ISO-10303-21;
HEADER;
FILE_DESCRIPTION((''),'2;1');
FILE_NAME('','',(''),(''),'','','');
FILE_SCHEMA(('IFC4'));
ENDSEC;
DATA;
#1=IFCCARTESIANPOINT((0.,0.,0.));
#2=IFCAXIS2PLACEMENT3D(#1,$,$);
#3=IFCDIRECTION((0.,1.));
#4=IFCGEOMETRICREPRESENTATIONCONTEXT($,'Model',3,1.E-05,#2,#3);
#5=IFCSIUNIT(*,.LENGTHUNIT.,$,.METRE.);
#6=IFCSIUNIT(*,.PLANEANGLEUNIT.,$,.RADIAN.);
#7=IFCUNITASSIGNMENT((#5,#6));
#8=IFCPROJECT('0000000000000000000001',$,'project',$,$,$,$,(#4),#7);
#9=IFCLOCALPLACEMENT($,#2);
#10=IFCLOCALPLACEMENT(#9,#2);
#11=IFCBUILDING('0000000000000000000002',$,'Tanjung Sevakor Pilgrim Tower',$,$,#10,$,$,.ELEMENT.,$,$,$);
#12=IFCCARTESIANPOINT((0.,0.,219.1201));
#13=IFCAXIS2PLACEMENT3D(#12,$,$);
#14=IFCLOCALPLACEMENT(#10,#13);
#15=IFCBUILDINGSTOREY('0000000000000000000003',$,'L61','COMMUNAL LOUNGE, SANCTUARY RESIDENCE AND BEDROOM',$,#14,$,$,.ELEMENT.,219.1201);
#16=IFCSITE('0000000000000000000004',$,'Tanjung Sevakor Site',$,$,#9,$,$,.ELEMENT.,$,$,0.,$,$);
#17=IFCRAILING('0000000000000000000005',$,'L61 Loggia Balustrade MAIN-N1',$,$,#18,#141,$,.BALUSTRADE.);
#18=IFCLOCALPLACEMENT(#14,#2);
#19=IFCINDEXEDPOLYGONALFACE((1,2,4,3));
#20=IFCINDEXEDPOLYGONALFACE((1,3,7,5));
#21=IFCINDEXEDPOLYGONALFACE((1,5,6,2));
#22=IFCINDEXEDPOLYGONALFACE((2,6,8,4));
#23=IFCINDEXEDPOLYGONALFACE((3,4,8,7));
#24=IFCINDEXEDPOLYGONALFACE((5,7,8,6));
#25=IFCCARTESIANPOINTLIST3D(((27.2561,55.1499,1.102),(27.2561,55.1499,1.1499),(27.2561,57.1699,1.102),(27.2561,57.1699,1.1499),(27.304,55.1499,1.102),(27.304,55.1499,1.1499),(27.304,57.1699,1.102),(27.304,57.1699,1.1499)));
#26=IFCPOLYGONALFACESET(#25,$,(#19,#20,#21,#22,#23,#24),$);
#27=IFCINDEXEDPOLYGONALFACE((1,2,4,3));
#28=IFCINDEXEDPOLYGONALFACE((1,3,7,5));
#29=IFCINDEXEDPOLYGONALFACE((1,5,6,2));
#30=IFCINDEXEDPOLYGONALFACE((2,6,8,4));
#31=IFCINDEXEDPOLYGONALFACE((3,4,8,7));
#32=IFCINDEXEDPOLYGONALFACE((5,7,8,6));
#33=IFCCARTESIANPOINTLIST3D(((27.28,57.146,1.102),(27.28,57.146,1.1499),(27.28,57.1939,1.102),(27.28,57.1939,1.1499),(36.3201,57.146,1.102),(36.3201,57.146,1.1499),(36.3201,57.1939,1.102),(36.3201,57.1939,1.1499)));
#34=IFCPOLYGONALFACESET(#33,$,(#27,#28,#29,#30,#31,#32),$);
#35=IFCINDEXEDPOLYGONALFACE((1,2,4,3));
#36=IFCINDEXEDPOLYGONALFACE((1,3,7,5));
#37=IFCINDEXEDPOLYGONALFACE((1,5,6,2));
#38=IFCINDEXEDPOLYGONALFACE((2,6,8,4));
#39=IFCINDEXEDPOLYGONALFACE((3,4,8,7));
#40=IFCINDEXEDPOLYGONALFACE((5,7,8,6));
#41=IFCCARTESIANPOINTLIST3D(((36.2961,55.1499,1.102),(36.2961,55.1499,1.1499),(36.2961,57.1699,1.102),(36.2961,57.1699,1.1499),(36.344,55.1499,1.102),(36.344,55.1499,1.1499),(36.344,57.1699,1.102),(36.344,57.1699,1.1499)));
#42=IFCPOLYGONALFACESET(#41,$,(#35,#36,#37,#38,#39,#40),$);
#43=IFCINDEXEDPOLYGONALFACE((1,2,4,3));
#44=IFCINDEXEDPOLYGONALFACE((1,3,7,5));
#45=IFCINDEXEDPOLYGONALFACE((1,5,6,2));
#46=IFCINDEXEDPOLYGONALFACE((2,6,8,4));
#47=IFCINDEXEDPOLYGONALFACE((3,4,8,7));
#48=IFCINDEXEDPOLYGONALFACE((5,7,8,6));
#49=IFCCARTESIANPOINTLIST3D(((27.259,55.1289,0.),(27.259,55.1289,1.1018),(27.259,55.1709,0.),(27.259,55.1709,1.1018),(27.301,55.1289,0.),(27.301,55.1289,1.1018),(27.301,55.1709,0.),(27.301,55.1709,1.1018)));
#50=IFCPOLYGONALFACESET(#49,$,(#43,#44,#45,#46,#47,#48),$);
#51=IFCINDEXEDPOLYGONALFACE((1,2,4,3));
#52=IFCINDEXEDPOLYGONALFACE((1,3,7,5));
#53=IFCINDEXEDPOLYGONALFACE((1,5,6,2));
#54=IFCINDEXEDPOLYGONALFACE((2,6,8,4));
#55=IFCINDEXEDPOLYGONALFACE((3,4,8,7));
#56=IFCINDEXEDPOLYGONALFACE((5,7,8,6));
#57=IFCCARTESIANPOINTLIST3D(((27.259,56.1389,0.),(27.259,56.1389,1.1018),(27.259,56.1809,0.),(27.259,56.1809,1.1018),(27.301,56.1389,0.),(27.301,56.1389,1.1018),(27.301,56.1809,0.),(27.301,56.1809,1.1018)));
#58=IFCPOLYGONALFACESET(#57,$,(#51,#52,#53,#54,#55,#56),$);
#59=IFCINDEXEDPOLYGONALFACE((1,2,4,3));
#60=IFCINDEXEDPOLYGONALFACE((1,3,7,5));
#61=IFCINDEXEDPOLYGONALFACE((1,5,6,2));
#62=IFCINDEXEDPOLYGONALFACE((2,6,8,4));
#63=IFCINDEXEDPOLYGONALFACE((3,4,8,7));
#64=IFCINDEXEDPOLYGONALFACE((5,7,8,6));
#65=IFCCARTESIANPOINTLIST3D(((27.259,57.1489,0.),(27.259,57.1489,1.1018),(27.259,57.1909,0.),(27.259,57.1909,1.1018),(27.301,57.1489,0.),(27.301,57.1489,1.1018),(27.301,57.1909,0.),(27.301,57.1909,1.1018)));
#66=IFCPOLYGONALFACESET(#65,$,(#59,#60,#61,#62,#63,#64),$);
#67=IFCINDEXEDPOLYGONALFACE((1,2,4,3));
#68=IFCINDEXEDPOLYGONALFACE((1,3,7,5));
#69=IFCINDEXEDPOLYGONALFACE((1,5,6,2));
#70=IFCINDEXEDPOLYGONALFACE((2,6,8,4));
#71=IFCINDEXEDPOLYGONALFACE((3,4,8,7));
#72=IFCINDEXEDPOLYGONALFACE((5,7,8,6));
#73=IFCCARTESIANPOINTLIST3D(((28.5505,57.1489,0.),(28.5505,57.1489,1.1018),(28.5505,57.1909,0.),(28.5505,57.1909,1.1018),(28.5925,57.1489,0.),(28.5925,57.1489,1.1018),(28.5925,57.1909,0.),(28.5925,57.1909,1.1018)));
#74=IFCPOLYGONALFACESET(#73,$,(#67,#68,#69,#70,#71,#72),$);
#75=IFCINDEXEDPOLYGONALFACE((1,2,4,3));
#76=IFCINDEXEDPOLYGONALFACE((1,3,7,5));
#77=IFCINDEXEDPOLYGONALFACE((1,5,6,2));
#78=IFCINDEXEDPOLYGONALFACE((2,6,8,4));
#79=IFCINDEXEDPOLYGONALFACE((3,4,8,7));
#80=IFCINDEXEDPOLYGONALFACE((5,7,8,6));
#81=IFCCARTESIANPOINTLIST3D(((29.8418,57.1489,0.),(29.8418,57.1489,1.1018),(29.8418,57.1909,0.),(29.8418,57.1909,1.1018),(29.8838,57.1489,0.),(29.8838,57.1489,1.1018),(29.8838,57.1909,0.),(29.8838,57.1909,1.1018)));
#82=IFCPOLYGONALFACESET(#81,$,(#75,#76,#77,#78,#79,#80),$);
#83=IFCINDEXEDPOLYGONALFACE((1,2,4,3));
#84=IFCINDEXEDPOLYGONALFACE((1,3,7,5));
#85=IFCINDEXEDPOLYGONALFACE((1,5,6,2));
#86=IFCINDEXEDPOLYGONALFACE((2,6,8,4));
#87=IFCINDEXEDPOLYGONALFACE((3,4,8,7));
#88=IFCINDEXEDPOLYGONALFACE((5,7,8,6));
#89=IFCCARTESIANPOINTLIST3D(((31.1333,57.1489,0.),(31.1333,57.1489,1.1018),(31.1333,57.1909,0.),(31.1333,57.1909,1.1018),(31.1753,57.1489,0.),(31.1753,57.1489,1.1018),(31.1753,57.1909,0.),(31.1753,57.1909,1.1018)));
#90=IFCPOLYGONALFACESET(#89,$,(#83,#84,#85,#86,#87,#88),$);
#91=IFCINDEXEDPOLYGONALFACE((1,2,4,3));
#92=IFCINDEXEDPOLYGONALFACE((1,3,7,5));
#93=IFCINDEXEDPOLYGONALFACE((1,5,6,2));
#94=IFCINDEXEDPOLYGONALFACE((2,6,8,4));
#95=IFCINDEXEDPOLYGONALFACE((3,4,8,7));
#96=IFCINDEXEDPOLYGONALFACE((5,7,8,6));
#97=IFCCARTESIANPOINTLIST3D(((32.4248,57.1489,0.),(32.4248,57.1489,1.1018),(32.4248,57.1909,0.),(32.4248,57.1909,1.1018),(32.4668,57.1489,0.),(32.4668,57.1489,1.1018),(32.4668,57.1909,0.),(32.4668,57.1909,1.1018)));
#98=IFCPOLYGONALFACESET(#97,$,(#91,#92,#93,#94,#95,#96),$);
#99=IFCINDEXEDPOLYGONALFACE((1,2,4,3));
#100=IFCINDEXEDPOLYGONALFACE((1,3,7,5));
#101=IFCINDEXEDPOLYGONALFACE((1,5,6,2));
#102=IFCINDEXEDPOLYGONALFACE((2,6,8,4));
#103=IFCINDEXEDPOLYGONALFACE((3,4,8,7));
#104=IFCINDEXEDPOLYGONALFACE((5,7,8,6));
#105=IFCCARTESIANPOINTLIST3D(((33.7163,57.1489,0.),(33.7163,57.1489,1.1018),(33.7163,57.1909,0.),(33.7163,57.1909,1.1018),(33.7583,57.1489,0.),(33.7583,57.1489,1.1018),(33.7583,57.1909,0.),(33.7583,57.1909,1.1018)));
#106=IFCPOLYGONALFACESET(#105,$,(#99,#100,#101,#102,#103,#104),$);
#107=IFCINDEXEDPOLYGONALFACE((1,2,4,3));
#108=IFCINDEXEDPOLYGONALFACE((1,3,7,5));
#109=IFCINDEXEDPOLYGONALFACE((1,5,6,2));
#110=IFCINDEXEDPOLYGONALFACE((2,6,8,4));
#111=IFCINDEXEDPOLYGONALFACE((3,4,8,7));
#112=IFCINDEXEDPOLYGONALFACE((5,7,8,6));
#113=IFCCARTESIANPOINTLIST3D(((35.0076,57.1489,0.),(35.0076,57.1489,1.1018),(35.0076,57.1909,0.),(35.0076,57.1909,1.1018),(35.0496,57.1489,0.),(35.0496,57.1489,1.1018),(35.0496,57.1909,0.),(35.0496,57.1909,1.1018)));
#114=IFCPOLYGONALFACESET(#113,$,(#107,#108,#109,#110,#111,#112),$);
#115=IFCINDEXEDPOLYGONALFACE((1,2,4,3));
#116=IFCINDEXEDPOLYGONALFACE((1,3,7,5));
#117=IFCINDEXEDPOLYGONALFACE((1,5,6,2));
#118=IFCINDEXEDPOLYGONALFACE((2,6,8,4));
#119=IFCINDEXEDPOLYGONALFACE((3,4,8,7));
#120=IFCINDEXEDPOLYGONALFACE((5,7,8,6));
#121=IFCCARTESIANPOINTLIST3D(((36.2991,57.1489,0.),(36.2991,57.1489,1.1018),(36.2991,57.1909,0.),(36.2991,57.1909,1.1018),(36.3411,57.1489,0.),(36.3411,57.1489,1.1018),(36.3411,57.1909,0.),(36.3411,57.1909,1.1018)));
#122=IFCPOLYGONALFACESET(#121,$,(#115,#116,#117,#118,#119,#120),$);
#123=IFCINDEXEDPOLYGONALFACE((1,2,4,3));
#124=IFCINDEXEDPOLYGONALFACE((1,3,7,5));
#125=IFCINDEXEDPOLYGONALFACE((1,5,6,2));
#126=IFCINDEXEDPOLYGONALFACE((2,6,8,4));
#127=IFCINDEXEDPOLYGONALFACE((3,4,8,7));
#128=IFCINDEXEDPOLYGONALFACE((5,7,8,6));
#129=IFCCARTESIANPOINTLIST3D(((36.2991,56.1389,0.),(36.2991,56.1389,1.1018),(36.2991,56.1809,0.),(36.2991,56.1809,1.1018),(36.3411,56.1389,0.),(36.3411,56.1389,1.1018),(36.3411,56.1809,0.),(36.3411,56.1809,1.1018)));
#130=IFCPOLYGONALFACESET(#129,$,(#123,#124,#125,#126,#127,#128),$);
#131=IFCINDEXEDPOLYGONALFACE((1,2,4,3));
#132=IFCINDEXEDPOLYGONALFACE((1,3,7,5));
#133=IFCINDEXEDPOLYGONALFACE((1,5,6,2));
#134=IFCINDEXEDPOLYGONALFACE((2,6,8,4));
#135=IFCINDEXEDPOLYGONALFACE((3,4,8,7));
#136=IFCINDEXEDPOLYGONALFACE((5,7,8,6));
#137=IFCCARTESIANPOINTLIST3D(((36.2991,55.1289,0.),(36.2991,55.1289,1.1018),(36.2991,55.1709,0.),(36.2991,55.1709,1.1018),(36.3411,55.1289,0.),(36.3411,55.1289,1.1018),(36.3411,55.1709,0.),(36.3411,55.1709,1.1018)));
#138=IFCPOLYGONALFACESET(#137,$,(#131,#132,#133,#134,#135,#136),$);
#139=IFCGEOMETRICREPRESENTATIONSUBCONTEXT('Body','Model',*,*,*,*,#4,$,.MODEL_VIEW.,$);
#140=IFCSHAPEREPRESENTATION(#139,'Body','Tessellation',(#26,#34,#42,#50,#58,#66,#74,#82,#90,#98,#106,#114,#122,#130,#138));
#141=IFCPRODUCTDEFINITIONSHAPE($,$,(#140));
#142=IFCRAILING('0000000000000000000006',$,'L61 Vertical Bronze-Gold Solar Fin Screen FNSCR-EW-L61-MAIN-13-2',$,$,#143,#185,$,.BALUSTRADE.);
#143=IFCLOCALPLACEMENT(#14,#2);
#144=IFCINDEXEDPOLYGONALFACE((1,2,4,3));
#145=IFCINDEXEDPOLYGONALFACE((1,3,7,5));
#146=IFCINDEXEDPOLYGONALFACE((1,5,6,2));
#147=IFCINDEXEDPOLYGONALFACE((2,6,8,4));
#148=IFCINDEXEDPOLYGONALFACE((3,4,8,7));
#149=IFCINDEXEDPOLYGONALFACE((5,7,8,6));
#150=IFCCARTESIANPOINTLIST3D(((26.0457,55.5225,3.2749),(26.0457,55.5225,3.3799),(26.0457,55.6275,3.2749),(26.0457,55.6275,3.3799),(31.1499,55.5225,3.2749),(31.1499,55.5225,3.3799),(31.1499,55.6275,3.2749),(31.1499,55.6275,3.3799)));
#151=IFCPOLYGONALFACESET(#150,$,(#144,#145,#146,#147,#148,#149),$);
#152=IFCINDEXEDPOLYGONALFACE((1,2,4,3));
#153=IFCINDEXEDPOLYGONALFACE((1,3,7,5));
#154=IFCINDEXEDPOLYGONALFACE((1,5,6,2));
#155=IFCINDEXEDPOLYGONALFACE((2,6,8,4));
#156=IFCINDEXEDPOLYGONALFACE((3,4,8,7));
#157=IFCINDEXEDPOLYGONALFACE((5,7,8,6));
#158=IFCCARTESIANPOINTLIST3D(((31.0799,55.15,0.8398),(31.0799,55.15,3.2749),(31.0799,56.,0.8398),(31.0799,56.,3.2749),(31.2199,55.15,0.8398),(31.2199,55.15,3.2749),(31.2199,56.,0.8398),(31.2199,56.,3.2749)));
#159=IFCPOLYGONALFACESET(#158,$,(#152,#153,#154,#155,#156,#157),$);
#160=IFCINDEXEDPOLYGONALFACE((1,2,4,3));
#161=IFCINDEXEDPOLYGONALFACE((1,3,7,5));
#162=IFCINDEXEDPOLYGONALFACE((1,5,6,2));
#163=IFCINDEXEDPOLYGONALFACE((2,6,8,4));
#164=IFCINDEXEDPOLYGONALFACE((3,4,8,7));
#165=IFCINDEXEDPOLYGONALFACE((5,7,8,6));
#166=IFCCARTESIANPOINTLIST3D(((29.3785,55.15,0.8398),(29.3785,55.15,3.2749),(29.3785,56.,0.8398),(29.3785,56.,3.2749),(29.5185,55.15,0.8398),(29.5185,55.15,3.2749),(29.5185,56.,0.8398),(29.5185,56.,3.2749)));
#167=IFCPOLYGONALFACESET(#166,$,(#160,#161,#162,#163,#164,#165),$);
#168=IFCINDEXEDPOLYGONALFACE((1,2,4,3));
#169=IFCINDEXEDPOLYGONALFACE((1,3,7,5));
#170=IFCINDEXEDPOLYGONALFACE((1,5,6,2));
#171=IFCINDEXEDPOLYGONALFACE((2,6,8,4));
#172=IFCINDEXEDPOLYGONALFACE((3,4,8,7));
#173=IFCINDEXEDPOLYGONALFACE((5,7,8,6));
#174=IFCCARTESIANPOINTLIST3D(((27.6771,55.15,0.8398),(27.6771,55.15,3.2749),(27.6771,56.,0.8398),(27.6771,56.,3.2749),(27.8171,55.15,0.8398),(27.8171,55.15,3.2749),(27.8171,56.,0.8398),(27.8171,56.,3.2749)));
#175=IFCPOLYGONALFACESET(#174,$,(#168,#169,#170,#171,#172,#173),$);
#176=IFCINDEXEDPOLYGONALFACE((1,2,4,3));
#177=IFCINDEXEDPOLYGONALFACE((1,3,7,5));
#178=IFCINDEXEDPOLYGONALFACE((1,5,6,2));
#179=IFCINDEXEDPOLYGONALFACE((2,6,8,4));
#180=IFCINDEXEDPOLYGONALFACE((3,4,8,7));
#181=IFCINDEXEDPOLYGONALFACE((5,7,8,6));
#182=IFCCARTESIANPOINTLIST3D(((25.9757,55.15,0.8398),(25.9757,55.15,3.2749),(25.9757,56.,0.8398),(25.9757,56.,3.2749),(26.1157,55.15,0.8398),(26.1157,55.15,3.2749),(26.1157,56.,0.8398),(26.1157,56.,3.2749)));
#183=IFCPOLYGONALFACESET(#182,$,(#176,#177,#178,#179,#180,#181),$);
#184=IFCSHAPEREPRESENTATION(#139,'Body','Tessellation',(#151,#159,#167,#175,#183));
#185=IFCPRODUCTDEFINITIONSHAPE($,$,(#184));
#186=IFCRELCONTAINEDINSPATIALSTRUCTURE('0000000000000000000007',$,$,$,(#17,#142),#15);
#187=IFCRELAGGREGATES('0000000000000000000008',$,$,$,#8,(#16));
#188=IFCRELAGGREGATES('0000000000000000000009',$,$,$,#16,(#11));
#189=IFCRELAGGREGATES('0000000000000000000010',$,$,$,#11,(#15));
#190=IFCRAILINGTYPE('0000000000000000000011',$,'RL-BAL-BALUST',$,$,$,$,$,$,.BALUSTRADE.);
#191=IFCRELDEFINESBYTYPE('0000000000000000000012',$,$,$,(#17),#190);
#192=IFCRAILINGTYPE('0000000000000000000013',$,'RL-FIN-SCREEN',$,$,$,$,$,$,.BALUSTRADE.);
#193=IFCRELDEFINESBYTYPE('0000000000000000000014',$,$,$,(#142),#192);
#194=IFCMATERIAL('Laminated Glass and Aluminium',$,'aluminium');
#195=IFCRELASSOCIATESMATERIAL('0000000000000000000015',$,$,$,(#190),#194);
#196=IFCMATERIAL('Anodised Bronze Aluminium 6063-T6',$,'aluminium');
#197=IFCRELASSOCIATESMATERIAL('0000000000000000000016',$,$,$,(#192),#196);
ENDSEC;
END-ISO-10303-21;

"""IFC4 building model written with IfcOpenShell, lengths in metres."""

from ifc_helpers import new_model, si_unit, direction, frame, origin, place, context, subcontext, project, spatial, rectangle, extrude, material, type_object, element, save


model = new_model("IFC4")

# Units and contexts
model_context = context("Model", 3, precision=1e-05, world=origin(), true_north=direction((0.0, 1.0)))
body_context = subcontext(model_context, "Body", "Model", "MODEL_VIEW")
ifc_project = project(units=[si_unit("LENGTHUNIT", "METRE"), si_unit("PLANEANGLEUNIT", "RADIAN")], contexts=[model_context])

# Site, building, storey
site_placement = place(None, origin())
site = spatial("IfcSite", under=ifc_project, at=site_placement, Name="Tanjung Sevakor Site", CompositionType="ELEMENT", RefElevation=0.0)
building_placement = place(site_placement, origin())
building = spatial("IfcBuilding", under=site, at=building_placement, Name="Tanjung Sevakor Pilgrim Tower", CompositionType="ELEMENT")
storey_placement = place(building_placement, frame((0.0, 0.0, 219.1201)))
storey = spatial("IfcBuildingStorey", under=building, at=storey_placement, Name="L61", Description="COMMUNAL LOUNGE, SANCTUARY RESIDENCE AND BEDROOM", CompositionType="ELEMENT", Elevation=219.1201)

# Railings
ifc_material_1 = material(Name="Laminated Glass and Aluminium", Category="aluminium")
railing_type_1 = type_object("IfcRailingType", Name="RL-BAL-BALUST", PredefinedType="BALUSTRADE", material=ifc_material_1)
railing_1_placement = place(storey_placement, frame((27.28, 55.1499, 0.0)))
element("IfcRailing", 1, at=railing_1_placement, inside=storey, type_object=railing_type_1, Name="L61 Loggia Balustrade MAIN-N1", PredefinedType="BALUSTRADE", context=body_context, shape_type="SweptSolid", body=[
    extrude(rectangle(XDim=0.0479, YDim=0.0479), frame((0.0, 0.0, 1.126), z_axis=(0.0, 1.0, 0.0), x_axis=(-1.0, 0.0, 0.0)), (0.0, 0.0, 1.0), 2.02),
    extrude(rectangle(XDim=0.0479, YDim=0.0479), frame((0.0, 2.02, 1.126), z_axis=(1.0, 0.0, 0.0), x_axis=(0.0, 1.0, 0.0)), (0.0, 0.0, 1.0), 9.04),
    extrude(rectangle(XDim=0.0479, YDim=0.0479), frame((9.04, 2.02, 1.126), z_axis=(0.0, -1.0, 0.0), x_axis=(1.0, 0.0, 0.0)), (0.0, 0.0, 1.0), 2.02),
    extrude(rectangle(XDim=0.042, YDim=0.042), origin(), (0.0, 0.0, 1.0), 1.1018),
    extrude(rectangle(XDim=0.042, YDim=0.042), frame((0.0, 1.01, 0.0)), (0.0, 0.0, 1.0), 1.1018),
    extrude(rectangle(XDim=0.042, YDim=0.042), frame((0.0, 2.02, 0.0)), (0.0, 0.0, 1.0), 1.1018),
    extrude(rectangle(XDim=0.042, YDim=0.042), frame((1.2915, 2.02, 0.0)), (0.0, 0.0, 1.0), 1.1018),
    extrude(rectangle(XDim=0.042, YDim=0.042), frame((2.5828, 2.02, 0.0)), (0.0, 0.0, 1.0), 1.1018),
    extrude(rectangle(XDim=0.042, YDim=0.042), frame((3.8743, 2.02, 0.0)), (0.0, 0.0, 1.0), 1.1018),
    extrude(rectangle(XDim=0.042, YDim=0.042), frame((5.1658, 2.02, 0.0)), (0.0, 0.0, 1.0), 1.1018),
    extrude(rectangle(XDim=0.042, YDim=0.042), frame((6.4573, 2.02, 0.0)), (0.0, 0.0, 1.0), 1.1018),
    extrude(rectangle(XDim=0.042, YDim=0.042), frame((7.7485, 2.02, 0.0)), (0.0, 0.0, 1.0), 1.1018),
    extrude(rectangle(XDim=0.042, YDim=0.042), frame((9.04, 2.02, 0.0)), (0.0, 0.0, 1.0), 1.1018),
    extrude(rectangle(XDim=0.042, YDim=0.042), frame((9.04, 1.01, 0.0)), (0.0, 0.0, 1.0), 1.1018),
    extrude(rectangle(XDim=0.042, YDim=0.042), frame((9.04, 0.0, 0.0)), (0.0, 0.0, 1.0), 1.1018),
])
ifc_material_2 = material(Name="Anodised Bronze Aluminium 6063-T6", Category="aluminium")
railing_type_2 = type_object("IfcRailingType", Name="RL-FIN-SCREEN", PredefinedType="BALUSTRADE", material=ifc_material_2)
railing_2_placement = place(storey_placement, frame((31.1499, 55.575, 0.8398)))
element("IfcRailing", 2, at=railing_2_placement, inside=storey, type_object=railing_type_2, Name="L61 Vertical Bronze-Gold Solar Fin Screen FNSCR-EW-L61-MAIN-13-2", PredefinedType="BALUSTRADE", context=body_context, shape_type="SweptSolid", body=[
    extrude(rectangle(XDim=0.105, YDim=0.105), frame((0.0, 0.0, 2.4875), z_axis=(-1.0, 0.0, 0.0), x_axis=(0.0, -1.0, 0.0)), (0.0, 0.0, 1.0), 5.1042),
    extrude(rectangle(XDim=0.14, YDim=0.85), origin(), (0.0, 0.0, 1.0), 2.4351),
    extrude(rectangle(XDim=0.14, YDim=0.85), frame((-1.7014, 0.0, 0.0)), (0.0, 0.0, 1.0), 2.4351),
    extrude(rectangle(XDim=0.14, YDim=0.85), frame((-3.4028, 0.0, 0.0)), (0.0, 0.0, 1.0), 2.4351),
    extrude(rectangle(XDim=0.14, YDim=0.85), frame((-5.1042, 0.0, 0.0)), (0.0, 0.0, 1.0), 2.4351),
])

save(model, "model.ifc")
